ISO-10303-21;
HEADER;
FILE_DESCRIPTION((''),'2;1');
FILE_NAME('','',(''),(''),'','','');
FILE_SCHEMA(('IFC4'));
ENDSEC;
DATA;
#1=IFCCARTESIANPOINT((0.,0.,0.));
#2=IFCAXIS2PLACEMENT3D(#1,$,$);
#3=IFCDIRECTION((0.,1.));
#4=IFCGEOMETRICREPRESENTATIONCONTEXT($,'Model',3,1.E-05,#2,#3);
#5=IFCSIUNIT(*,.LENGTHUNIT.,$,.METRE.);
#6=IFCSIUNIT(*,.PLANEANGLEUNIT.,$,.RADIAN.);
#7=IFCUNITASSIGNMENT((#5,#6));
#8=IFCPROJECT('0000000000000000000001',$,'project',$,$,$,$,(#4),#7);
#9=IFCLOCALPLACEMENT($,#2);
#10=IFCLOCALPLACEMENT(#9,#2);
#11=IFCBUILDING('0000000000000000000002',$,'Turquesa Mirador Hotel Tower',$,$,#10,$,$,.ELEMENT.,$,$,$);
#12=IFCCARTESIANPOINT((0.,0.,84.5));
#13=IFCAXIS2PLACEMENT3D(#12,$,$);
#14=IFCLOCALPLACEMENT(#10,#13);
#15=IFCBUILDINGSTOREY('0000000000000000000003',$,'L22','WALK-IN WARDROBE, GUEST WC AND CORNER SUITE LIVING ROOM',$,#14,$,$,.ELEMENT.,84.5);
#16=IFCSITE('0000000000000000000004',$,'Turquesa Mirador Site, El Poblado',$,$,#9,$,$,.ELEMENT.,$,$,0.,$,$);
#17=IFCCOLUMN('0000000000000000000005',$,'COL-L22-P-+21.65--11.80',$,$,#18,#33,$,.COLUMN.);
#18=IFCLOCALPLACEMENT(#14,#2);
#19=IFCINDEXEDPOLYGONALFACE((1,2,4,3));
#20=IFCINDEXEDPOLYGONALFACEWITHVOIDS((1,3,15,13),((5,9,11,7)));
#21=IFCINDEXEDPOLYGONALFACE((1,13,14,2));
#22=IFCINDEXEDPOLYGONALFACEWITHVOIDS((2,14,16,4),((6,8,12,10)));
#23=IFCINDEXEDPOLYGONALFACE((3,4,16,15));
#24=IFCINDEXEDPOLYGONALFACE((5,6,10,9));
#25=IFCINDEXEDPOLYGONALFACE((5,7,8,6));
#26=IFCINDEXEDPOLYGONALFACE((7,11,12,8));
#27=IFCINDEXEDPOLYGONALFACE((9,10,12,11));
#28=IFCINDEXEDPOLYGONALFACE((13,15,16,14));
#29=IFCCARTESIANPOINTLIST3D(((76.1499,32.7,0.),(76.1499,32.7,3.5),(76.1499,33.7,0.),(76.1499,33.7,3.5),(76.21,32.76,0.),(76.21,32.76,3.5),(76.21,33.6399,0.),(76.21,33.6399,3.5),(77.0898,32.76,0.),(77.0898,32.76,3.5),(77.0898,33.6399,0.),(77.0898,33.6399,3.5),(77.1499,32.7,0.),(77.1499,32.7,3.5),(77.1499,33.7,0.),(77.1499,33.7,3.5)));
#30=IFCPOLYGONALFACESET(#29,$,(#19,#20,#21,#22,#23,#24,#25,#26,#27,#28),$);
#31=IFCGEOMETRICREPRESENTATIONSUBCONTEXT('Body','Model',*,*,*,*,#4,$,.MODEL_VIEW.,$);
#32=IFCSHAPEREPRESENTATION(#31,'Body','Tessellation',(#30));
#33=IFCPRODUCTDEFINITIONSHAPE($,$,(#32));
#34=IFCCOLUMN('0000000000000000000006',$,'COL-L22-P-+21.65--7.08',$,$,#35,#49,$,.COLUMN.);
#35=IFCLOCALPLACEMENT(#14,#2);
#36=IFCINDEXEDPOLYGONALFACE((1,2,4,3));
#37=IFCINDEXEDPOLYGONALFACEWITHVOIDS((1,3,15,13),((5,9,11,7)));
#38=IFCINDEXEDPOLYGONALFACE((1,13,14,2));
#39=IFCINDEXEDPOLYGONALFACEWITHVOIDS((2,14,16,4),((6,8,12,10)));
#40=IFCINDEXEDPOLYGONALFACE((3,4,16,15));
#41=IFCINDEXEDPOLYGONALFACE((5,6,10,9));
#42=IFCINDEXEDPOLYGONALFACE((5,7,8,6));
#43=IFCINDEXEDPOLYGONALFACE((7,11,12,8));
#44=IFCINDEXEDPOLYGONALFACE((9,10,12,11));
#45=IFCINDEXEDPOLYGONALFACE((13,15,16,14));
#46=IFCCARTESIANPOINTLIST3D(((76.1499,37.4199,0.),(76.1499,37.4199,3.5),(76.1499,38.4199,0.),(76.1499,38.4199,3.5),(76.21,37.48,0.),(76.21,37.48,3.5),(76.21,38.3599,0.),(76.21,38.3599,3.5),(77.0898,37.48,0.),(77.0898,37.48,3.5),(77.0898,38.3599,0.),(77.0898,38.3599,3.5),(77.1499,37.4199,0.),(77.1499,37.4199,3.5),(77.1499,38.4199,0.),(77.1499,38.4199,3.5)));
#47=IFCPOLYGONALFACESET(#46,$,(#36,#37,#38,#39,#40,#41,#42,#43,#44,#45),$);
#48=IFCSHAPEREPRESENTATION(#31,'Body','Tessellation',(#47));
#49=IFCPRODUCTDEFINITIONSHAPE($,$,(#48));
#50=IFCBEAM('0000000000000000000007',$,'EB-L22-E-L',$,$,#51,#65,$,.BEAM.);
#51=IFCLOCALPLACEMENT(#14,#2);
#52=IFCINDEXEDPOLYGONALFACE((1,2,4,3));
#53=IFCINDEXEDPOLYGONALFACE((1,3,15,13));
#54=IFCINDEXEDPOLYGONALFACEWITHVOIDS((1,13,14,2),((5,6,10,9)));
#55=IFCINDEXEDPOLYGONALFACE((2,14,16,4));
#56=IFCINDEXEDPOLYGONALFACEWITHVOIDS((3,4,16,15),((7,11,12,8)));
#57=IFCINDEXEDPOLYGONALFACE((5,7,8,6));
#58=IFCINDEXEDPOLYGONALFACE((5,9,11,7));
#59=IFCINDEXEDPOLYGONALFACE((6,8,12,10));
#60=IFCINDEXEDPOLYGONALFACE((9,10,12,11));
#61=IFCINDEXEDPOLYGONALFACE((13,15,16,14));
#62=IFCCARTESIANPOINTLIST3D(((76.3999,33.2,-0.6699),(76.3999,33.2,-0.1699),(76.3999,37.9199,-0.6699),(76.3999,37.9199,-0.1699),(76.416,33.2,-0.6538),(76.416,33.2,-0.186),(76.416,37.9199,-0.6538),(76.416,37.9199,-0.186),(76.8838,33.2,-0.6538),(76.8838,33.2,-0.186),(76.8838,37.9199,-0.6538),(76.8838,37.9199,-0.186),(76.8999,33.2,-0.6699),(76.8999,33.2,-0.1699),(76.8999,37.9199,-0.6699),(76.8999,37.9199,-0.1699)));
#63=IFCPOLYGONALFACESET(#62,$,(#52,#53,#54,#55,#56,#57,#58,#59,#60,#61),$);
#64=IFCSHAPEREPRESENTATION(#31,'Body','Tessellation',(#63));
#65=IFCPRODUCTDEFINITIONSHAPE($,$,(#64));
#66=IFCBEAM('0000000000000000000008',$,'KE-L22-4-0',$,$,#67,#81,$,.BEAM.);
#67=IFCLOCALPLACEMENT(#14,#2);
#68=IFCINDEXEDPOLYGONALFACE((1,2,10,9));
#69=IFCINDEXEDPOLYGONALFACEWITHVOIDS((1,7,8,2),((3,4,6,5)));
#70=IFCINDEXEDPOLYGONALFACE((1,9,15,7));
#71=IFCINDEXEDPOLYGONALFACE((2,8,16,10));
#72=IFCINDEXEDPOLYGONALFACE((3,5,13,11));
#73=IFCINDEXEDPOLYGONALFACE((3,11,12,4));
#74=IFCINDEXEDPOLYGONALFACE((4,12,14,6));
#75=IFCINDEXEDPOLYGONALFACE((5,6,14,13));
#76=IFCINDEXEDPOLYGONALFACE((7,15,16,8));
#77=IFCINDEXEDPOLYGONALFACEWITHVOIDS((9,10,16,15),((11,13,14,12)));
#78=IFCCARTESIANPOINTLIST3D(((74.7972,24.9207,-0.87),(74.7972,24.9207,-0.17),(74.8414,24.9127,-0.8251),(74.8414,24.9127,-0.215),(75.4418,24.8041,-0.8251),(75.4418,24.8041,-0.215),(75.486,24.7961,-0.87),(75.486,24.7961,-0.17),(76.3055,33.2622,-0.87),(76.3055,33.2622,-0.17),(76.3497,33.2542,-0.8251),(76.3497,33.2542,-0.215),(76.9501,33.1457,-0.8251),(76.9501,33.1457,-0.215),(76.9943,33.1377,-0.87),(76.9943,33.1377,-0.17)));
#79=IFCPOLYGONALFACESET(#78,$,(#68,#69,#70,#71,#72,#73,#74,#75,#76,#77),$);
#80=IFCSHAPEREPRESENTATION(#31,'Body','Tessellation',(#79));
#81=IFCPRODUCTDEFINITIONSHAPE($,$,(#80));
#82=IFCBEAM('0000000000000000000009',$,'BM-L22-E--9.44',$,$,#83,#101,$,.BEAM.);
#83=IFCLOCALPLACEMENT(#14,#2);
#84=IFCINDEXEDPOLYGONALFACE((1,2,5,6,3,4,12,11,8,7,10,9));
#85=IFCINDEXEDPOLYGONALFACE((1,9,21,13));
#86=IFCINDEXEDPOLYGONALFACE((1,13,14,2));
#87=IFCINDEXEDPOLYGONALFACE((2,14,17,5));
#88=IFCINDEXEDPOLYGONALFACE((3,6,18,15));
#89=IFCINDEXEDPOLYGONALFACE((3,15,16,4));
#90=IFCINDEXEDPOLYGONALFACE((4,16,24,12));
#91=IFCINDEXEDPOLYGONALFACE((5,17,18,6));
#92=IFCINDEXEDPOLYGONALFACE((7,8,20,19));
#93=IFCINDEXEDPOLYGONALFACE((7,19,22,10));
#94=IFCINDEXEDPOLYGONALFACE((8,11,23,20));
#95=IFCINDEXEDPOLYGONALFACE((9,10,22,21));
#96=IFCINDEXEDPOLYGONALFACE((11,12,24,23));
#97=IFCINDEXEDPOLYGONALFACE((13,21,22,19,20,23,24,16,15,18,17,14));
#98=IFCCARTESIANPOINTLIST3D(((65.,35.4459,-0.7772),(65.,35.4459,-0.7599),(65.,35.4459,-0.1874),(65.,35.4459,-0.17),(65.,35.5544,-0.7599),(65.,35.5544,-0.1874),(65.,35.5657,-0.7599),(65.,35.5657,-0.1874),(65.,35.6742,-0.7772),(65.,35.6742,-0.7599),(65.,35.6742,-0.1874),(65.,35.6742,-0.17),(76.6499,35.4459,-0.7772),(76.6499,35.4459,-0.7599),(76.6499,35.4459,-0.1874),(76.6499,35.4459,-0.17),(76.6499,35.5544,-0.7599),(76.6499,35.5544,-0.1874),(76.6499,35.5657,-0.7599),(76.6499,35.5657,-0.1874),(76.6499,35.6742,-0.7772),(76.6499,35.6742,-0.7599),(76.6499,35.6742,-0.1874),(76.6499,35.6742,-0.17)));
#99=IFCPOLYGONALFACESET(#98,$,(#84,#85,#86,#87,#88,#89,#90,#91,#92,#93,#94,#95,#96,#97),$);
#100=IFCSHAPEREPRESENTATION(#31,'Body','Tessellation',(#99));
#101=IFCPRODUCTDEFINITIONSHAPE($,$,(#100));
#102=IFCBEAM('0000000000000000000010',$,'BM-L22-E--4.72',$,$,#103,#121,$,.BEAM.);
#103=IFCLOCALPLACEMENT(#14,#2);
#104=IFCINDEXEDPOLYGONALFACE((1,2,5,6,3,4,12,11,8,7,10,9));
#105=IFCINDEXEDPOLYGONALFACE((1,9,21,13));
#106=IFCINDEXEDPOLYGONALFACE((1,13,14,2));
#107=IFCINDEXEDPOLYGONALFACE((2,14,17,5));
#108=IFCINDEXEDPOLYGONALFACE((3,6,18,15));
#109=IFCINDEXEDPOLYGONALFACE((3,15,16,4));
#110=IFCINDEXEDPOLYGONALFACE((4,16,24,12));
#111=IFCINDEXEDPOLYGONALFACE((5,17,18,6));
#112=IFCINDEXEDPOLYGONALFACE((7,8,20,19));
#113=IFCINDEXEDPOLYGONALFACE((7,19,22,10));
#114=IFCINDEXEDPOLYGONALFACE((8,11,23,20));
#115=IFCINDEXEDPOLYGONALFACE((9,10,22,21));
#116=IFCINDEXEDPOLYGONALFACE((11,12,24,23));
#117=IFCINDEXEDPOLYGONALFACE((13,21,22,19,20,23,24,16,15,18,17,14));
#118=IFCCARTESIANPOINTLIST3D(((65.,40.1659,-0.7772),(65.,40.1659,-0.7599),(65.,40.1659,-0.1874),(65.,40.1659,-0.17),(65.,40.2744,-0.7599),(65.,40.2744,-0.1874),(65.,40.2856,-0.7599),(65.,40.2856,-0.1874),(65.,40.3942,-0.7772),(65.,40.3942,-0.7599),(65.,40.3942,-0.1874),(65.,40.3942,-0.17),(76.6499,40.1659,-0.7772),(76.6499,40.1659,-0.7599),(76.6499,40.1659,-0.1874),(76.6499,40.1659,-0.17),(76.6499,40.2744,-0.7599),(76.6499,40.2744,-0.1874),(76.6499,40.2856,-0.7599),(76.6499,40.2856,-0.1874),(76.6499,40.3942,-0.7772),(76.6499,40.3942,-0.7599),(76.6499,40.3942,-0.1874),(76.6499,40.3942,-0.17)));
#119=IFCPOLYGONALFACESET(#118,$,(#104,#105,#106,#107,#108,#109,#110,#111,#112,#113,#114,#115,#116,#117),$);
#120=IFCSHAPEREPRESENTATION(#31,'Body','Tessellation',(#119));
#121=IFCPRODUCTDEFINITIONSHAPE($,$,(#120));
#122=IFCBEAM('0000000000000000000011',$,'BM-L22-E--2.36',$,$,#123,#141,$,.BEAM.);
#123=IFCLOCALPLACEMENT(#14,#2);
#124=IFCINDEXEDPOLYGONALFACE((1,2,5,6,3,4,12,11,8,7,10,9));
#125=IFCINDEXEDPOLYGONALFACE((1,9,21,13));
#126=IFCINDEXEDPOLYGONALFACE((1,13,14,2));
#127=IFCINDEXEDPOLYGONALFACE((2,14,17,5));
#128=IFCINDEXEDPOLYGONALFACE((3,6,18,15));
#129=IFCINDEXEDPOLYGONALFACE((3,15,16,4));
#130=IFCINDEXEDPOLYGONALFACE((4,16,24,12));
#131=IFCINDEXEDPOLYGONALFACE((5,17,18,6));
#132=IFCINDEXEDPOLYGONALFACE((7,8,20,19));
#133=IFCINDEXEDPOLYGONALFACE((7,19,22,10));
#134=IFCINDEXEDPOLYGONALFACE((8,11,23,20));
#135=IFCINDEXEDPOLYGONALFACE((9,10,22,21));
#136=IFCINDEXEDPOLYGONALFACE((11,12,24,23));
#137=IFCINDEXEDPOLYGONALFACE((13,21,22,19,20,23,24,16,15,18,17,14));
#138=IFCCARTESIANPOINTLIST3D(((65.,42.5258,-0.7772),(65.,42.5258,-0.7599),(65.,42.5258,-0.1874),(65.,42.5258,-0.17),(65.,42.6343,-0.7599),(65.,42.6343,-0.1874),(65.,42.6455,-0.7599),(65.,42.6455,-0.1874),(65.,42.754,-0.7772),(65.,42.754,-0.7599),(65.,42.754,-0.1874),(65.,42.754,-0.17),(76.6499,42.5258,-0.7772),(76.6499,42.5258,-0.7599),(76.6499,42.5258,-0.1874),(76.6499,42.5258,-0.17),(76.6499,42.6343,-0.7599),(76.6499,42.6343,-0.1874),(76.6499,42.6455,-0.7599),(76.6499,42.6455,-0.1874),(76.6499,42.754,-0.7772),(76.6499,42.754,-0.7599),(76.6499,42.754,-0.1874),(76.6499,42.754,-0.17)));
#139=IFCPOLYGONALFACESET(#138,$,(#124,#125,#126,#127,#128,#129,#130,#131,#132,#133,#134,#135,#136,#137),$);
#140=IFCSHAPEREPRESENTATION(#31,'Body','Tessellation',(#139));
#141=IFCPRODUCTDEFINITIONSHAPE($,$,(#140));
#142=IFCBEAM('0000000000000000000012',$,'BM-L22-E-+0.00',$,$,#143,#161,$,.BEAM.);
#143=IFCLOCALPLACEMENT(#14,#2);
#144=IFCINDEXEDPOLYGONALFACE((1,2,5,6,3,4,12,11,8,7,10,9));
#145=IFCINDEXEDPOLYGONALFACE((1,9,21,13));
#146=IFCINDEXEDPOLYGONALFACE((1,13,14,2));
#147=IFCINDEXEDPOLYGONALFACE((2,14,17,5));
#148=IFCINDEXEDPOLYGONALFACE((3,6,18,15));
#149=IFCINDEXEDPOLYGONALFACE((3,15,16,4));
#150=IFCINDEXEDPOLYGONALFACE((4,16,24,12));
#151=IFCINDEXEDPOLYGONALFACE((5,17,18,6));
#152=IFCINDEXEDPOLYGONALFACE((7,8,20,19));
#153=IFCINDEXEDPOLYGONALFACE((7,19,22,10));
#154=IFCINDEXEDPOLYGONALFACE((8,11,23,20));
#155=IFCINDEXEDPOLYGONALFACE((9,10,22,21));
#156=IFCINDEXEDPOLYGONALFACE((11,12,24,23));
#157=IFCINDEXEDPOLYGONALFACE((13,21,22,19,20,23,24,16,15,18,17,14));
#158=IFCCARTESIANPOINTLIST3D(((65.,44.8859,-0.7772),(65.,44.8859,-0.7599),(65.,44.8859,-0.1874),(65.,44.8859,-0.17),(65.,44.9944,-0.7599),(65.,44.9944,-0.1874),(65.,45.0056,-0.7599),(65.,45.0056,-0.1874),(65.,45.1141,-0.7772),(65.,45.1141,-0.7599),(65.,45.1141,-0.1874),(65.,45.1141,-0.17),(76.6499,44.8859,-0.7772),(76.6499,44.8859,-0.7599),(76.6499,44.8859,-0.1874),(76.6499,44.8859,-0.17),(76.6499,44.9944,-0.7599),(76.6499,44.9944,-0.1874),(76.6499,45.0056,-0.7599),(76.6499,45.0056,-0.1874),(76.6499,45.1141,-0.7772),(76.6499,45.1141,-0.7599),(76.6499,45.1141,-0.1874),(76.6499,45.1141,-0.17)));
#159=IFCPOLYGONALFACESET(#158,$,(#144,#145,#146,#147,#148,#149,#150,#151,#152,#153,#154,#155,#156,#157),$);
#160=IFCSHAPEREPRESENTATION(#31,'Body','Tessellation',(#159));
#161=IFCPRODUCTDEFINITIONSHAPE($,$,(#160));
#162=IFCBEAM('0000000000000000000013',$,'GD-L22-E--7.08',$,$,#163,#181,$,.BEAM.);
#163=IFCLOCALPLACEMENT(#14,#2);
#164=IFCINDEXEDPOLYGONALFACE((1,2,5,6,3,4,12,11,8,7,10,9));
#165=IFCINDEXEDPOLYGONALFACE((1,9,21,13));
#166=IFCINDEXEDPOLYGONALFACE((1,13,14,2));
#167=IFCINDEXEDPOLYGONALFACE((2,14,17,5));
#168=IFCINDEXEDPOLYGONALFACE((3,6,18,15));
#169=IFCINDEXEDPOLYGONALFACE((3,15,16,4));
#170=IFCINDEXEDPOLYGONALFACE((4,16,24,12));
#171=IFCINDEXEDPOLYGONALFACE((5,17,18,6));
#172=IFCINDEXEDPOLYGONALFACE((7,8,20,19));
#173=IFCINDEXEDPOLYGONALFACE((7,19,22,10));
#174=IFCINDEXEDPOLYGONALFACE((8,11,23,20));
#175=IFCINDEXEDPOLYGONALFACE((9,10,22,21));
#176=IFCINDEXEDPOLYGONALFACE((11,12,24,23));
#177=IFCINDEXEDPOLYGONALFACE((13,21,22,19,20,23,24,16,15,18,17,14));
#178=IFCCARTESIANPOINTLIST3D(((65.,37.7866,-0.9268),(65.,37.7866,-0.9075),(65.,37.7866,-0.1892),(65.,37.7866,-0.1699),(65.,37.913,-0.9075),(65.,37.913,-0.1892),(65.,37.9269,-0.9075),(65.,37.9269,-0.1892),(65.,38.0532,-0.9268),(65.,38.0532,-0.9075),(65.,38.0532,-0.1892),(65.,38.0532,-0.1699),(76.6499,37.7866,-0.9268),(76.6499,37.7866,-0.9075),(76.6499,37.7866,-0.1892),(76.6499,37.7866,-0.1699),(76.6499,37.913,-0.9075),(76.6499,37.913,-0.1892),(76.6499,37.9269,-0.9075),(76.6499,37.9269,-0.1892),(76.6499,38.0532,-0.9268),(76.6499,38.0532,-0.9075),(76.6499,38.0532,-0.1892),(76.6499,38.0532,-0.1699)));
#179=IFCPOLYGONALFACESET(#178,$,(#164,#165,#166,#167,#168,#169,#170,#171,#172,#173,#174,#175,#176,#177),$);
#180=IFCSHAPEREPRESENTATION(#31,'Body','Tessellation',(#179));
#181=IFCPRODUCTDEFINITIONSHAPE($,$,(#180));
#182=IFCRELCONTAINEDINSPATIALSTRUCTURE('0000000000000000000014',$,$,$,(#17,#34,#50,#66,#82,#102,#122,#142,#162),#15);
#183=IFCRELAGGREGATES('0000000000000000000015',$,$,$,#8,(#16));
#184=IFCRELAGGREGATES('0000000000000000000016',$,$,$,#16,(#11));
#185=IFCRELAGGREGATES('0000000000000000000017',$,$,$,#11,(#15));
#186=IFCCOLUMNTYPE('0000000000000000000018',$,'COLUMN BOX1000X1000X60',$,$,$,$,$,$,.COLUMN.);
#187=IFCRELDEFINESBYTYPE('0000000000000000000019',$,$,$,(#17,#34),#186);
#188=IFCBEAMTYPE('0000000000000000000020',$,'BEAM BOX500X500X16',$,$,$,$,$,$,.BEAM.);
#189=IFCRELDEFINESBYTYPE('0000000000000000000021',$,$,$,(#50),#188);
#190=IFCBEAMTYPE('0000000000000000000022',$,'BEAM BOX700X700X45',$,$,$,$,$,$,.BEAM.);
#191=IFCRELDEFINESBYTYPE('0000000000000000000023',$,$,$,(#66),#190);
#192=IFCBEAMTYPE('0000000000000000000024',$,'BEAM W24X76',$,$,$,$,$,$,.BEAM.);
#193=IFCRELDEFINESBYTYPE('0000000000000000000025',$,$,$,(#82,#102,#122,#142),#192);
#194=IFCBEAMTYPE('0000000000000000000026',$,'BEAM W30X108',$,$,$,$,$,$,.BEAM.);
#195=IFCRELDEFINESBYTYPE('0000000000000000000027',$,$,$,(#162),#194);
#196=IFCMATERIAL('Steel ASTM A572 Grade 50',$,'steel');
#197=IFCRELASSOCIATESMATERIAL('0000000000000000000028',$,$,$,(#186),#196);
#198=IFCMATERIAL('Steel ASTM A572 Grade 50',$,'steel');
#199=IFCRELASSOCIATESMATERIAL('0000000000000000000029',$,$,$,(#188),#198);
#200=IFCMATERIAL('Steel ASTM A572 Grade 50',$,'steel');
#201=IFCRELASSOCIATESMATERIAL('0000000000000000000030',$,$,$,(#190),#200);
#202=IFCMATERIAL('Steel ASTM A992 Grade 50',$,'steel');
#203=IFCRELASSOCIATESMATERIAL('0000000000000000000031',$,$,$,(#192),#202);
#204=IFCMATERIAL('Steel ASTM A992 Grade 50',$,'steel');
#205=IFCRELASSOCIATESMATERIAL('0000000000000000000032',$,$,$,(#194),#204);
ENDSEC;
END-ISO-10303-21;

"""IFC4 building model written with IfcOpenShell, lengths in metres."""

from ifc_helpers import new_model, si_unit, direction, frame, origin, origin_2d, place, context, subcontext, project, spatial, hollow_rectangle, i_section, extrude, material, material_profile, profile_set, type_object, element, save


model = new_model("IFC4")

# Units and contexts
model_context = context("Model", 3, precision=1e-05, world=origin(), true_north=direction((0.0, 1.0)))
body_context = subcontext(model_context, "Body", "Model", "MODEL_VIEW")
ifc_project = project(units=[si_unit("LENGTHUNIT", "METRE"), si_unit("PLANEANGLEUNIT", "RADIAN")], contexts=[model_context])

# Site, building, storey
site_placement = place(None, origin())
site = spatial("IfcSite", under=ifc_project, at=site_placement, Name="Turquesa Mirador Site, El Poblado", CompositionType="ELEMENT", RefElevation=0.0)
building_placement = place(site_placement, origin())
building = spatial("IfcBuilding", under=site, at=building_placement, Name="Turquesa Mirador Hotel Tower", CompositionType="ELEMENT")
storey_placement = place(building_placement, frame((0.0, 0.0, 84.5)))
storey = spatial("IfcBuildingStorey", under=building, at=storey_placement, Name="L22", Description="WALK-IN WARDROBE, GUEST WC AND CORNER SUITE LIVING ROOM", CompositionType="ELEMENT", Elevation=84.5)

# Columns
ifc_material_1 = material(Name="Steel ASTM A572 Grade 50", Category="steel")
ifc_material_profile_1 = material_profile(ifc_material_1, hollow_rectangle(XDim=1.0, YDim=1.0, WallThickness=0.0601, at=origin_2d()), Name="BOX1000X1000X60")
ifc_profile_set_1 = profile_set([ifc_material_profile_1], Name="Steel ASTM A572 Grade 50")
column_type = type_object("IfcColumnType", Name="COLUMN BOX1000X1000X60", PredefinedType="COLUMN", material=ifc_profile_set_1)
for number, where, z_axis, x_axis, name in (
    (1, (76.6499, 33.2, 0.0), (0.0, 0.0, 1.0), (1.0, 0.0, 0.0), "COL-L22-P-+21.65--11.80"),
    (2, (76.6499, 37.9199, 0.0), (0.0, 0.0, 1.0), (1.0, 0.0, 0.0), "COL-L22-P-+21.65--7.08"),
):
    element("IfcColumn", number, at=place(storey_placement, frame(where, z_axis=z_axis, x_axis=x_axis)), inside=storey, type_object=column_type, Name=name, PredefinedType="COLUMN", context=body_context, shape_type="SweptSolid", body=[
        extrude(hollow_rectangle(XDim=1.0, YDim=1.0, WallThickness=0.0601, at=origin_2d()), origin(), (0.0, 0.0, 1.0), 3.5),
    ])

# Beams
ifc_material_2 = material(Name="Steel ASTM A572 Grade 50", Category="steel")
ifc_material_profile_2 = material_profile(ifc_material_2, hollow_rectangle(XDim=0.5, YDim=0.5, WallThickness=0.0161, at=origin_2d()), Name="BOX500X500X16")
ifc_profile_set_2 = profile_set([ifc_material_profile_2], Name="Steel ASTM A572 Grade 50")
beam_type_1 = type_object("IfcBeamType", Name="BEAM BOX500X500X16", PredefinedType="BEAM", material=ifc_profile_set_2)
beam_1_placement = place(storey_placement, frame((76.6499, 33.2, -0.4199), z_axis=(0.0, 1.0, 0.0), x_axis=(-1.0, 0.0, 0.0)))
element("IfcBeam", 3, at=beam_1_placement, inside=storey, type_object=beam_type_1, Name="EB-L22-E-L", PredefinedType="BEAM", context=body_context, shape_type="SweptSolid", body=[
    extrude(hollow_rectangle(XDim=0.5, YDim=0.5, WallThickness=0.0161, at=origin_2d()), origin(), (0.0, 0.0, 1.0), 4.72),
])
ifc_material_3 = material(Name="Steel ASTM A572 Grade 50", Category="steel")
ifc_material_profile_3 = material_profile(ifc_material_3, hollow_rectangle(XDim=0.7, YDim=0.7, WallThickness=0.0449, at=origin_2d()), Name="BOX700X700X45")
ifc_profile_set_3 = profile_set([ifc_material_profile_3], Name="Steel ASTM A572 Grade 50")
beam_type_2 = type_object("IfcBeamType", Name="BEAM BOX700X700X45", PredefinedType="BEAM", material=ifc_profile_set_3)
beam_2_placement = place(storey_placement, frame((76.6499, 33.2, -0.52), z_axis=(-0.177932, -0.984043, 0.0), x_axis=(0.984043, -0.177932, 0.0)))
element("IfcBeam", 4, at=beam_2_placement, inside=storey, type_object=beam_type_2, Name="KE-L22-4-0", PredefinedType="BEAM", context=body_context, shape_type="SweptSolid", body=[
    extrude(hollow_rectangle(XDim=0.7, YDim=0.7, WallThickness=0.0449, at=origin_2d()), origin(), (0.0, 0.0, 1.0), 8.4768),
])
ifc_material_4 = material(Name="Steel ASTM A992 Grade 50", Category="steel")
ifc_material_profile_4 = material_profile(ifc_material_4, i_section(OverallWidth=0.2283, OverallDepth=0.6072, WebThickness=0.0112, FlangeThickness=0.0173, at=origin_2d()), Name="W24X76")
ifc_profile_set_4 = profile_set([ifc_material_profile_4], Name="Steel ASTM A992 Grade 50")
beam_type_3 = type_object("IfcBeamType", Name="BEAM W24X76", PredefinedType="BEAM", material=ifc_profile_set_4)
for number, where, z_axis, x_axis, name in (
    (5, (76.6499, 35.5601, -0.4736), (-1.0, 0.0, 0.0), (0.0, -1.0, 0.0), "BM-L22-E--9.44"),
    (6, (76.6499, 40.28, -0.4736), (-1.0, 0.0, 0.0), (0.0, -1.0, 0.0), "BM-L22-E--4.72"),
    (7, (76.6499, 42.6399, -0.4736), (-1.0, 0.0, 0.0), (0.0, -1.0, 0.0), "BM-L22-E--2.36"),
    (8, (76.6499, 45.0, -0.4736), (-1.0, 0.0, 0.0), (0.0, -1.0, 0.0), "BM-L22-E-+0.00"),
):
    element("IfcBeam", number, at=place(storey_placement, frame(where, z_axis=z_axis, x_axis=x_axis)), inside=storey, type_object=beam_type_3, Name=name, PredefinedType="BEAM", context=body_context, shape_type="SweptSolid", body=[
        extrude(i_section(OverallWidth=0.2283, OverallDepth=0.6072, WebThickness=0.0112, FlangeThickness=0.0173, at=origin_2d()), origin(), (0.0, 0.0, 1.0), 11.6499),
    ])
ifc_material_5 = material(Name="Steel ASTM A992 Grade 50", Category="steel")
ifc_material_profile_5 = material_profile(ifc_material_5, i_section(OverallWidth=0.2666, OverallDepth=0.7568, WebThickness=0.0139, FlangeThickness=0.0193, at=origin_2d()), Name="W30X108")
ifc_profile_set_5 = profile_set([ifc_material_profile_5], Name="Steel ASTM A992 Grade 50")
beam_type_4 = type_object("IfcBeamType", Name="BEAM W30X108", PredefinedType="BEAM", material=ifc_profile_set_5)
beam_3_placement = place(storey_placement, frame((76.6499, 37.9199, -0.5483), z_axis=(-1.0, 0.0, 0.0), x_axis=(0.0, -1.0, 0.0)))
element("IfcBeam", 9, at=beam_3_placement, inside=storey, type_object=beam_type_4, Name="GD-L22-E--7.08", PredefinedType="BEAM", context=body_context, shape_type="SweptSolid", body=[
    extrude(i_section(OverallWidth=0.2666, OverallDepth=0.7568, WebThickness=0.0139, FlangeThickness=0.0193, at=origin_2d()), origin(), (0.0, 0.0, 1.0), 11.6499),
])

save(model, "model.ifc")
